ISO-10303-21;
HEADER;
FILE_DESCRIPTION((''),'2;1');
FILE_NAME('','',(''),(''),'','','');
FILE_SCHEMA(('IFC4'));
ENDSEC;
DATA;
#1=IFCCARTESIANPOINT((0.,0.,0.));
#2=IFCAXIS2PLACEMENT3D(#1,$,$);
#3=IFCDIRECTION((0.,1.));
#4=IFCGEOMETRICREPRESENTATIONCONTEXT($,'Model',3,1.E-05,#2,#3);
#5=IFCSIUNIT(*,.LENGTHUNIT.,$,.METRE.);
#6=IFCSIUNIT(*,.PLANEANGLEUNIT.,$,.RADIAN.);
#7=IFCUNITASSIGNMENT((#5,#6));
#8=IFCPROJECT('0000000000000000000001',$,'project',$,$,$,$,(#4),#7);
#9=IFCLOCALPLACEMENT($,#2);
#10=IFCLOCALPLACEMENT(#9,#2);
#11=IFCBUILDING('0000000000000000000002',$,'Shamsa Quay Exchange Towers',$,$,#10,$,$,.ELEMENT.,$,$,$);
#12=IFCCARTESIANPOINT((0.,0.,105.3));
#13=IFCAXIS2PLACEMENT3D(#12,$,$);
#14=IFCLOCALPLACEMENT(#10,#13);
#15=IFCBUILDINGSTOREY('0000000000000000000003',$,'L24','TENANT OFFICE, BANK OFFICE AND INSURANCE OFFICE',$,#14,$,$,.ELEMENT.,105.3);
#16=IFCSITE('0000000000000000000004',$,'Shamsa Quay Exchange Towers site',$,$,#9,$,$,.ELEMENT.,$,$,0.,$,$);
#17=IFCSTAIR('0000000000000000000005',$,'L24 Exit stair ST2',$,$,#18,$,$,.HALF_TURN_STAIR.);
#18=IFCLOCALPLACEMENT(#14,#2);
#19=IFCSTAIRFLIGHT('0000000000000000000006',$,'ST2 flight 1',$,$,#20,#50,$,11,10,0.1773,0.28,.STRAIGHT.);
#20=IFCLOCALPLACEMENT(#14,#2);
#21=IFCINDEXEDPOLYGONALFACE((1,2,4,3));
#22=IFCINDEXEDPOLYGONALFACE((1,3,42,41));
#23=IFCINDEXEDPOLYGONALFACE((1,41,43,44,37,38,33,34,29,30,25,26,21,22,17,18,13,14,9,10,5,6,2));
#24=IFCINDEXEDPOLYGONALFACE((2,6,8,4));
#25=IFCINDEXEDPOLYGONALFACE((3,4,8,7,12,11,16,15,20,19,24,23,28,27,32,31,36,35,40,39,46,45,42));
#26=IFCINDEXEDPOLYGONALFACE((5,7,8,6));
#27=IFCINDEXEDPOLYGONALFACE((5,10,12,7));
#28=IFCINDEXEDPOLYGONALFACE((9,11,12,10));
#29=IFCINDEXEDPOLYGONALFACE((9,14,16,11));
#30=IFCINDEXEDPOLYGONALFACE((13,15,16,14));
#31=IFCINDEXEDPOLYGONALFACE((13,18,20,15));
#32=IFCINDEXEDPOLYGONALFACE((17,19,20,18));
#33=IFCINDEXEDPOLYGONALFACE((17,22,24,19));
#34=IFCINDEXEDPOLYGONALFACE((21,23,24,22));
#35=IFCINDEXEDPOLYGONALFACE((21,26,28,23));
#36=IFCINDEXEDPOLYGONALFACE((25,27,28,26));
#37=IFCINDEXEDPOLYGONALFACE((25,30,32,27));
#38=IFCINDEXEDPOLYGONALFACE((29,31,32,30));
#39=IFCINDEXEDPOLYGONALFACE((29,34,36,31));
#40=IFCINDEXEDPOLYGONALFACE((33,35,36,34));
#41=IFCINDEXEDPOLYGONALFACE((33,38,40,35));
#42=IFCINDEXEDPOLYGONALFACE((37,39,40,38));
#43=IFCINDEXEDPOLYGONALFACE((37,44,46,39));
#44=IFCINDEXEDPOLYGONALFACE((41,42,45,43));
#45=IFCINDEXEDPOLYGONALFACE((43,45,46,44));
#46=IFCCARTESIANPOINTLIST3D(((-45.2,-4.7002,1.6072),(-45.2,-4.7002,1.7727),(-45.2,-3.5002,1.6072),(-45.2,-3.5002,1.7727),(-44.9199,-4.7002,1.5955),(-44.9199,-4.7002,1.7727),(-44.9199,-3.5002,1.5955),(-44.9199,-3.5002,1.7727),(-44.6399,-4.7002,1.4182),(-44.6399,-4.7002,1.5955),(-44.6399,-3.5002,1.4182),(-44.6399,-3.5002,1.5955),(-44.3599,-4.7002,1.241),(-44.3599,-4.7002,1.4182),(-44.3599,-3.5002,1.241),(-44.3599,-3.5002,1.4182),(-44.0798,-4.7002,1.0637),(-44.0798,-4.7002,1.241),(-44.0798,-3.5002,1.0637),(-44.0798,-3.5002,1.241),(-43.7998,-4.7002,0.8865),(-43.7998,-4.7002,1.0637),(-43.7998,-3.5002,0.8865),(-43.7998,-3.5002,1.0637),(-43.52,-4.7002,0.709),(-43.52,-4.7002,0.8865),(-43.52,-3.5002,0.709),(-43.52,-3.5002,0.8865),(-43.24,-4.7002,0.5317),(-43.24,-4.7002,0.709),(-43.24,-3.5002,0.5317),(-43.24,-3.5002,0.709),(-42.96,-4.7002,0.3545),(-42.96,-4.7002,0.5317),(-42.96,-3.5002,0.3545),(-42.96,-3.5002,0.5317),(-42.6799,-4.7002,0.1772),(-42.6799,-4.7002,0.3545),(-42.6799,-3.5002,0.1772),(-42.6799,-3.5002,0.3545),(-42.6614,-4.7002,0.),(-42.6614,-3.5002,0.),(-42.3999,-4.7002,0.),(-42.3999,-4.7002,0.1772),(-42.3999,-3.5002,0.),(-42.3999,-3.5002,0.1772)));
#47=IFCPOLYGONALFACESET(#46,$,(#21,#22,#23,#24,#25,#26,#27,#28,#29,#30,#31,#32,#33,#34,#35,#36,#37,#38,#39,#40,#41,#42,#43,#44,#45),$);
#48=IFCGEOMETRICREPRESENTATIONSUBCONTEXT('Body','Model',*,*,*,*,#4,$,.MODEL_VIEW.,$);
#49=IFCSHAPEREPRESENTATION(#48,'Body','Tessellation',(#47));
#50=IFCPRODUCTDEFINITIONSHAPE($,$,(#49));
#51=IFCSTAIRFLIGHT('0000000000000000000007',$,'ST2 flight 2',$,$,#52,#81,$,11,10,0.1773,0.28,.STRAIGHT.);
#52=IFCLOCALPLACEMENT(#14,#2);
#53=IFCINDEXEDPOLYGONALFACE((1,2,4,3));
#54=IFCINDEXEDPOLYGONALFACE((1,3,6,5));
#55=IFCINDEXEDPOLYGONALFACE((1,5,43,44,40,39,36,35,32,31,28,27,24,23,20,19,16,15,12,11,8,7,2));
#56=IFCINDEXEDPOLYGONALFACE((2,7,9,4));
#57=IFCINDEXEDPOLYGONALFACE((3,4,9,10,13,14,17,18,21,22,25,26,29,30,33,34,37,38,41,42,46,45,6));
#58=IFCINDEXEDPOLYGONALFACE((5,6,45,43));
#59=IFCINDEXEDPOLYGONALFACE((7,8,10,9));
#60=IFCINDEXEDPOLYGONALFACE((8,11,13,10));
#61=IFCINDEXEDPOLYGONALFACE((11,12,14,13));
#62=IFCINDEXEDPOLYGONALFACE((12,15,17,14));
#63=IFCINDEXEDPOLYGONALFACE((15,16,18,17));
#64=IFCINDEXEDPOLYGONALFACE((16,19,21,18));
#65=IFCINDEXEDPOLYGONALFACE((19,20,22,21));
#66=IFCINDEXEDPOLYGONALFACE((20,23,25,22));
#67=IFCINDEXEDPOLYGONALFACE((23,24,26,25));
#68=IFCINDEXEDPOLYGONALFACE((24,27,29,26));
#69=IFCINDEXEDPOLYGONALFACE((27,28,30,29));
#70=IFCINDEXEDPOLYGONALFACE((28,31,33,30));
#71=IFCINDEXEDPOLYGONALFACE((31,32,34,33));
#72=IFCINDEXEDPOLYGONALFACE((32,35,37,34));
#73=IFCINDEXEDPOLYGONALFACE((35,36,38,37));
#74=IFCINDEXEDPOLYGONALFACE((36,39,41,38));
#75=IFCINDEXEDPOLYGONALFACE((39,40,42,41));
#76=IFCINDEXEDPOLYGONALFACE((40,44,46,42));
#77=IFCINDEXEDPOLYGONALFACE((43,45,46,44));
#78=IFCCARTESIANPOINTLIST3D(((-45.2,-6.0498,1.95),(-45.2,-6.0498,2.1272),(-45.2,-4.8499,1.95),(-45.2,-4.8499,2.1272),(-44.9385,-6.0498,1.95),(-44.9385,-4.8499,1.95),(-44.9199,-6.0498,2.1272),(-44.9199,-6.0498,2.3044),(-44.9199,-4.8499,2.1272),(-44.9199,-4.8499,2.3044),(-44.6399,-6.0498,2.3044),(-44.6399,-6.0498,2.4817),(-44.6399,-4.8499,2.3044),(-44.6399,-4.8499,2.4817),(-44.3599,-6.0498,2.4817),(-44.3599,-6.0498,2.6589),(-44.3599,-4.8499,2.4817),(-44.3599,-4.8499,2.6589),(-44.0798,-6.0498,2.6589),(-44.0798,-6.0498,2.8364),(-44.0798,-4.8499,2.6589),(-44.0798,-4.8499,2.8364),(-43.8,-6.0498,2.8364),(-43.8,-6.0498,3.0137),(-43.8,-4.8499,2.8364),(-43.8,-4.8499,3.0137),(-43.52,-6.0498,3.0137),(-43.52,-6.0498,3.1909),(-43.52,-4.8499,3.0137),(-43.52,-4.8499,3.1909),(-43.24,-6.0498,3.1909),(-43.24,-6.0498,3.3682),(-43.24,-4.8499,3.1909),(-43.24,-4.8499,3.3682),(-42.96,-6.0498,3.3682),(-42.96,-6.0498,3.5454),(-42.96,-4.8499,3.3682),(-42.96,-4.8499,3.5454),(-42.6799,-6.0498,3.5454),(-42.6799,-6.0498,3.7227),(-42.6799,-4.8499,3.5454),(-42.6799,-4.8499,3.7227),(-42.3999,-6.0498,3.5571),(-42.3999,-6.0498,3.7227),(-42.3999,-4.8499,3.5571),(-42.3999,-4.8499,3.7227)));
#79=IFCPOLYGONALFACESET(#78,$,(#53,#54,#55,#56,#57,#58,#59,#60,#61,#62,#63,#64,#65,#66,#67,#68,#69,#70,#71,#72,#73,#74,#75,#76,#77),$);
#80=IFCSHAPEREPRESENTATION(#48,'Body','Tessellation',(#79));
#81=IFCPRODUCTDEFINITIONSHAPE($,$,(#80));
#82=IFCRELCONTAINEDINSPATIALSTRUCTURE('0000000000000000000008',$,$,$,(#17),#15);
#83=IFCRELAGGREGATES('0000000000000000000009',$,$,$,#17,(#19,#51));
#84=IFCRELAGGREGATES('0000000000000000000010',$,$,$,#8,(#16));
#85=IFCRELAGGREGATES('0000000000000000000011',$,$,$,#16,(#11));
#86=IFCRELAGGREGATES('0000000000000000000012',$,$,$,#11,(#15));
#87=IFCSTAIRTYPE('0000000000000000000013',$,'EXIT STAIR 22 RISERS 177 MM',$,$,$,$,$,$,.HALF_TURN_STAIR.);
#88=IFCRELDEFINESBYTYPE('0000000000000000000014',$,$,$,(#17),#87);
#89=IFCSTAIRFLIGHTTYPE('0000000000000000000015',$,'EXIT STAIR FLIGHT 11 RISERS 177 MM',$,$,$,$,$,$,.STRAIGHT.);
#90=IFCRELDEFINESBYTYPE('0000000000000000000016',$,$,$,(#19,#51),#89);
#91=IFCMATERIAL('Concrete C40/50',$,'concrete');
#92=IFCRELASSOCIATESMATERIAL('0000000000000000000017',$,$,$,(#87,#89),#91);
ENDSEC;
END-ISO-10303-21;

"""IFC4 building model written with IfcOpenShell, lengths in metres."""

from ifc_helpers import new_model, si_unit, direction, frame, origin, place, context, subcontext, project, spatial, polyline, outline, extrude, material, type_object, element, aggregate, save


model = new_model("IFC4")

# Units and contexts
model_context = context("Model", 3, precision=1e-05, world=origin(), true_north=direction((0.0, 1.0)))
body_context = subcontext(model_context, "Body", "Model", "MODEL_VIEW")
ifc_project = project(units=[si_unit("LENGTHUNIT", "METRE"), si_unit("PLANEANGLEUNIT", "RADIAN")], contexts=[model_context])

# Site, building, storey
site_placement = place(None, origin())
site = spatial("IfcSite", under=ifc_project, at=site_placement, Name="Shamsa Quay Exchange Towers site", CompositionType="ELEMENT", RefElevation=0.0)
building_placement = place(site_placement, origin())
building = spatial("IfcBuilding", under=site, at=building_placement, Name="Shamsa Quay Exchange Towers", CompositionType="ELEMENT")
storey_placement = place(building_placement, frame((0.0, 0.0, 105.3)))
storey = spatial("IfcBuildingStorey", under=building, at=storey_placement, Name="L24", Description="TENANT OFFICE, BANK OFFICE AND INSURANCE OFFICE", CompositionType="ELEMENT", Elevation=105.3)

# Stair, stair flights
ifc_material_1 = material(Name="Concrete C40/50", Category="concrete")
stair_type = type_object("IfcStairType", Name="EXIT STAIR 22 RISERS 177 MM", PredefinedType="HALF_TURN_STAIR", material=ifc_material_1)
stair_placement = place(storey_placement, origin())
stair = element("IfcStair", 1, at=stair_placement, inside=storey, type_object=stair_type, Name="L24 Exit stair ST2", PredefinedType="HALF_TURN_STAIR")
stair_flight_type = type_object("IfcStairFlightType", Name="EXIT STAIR FLIGHT 11 RISERS 177 MM", PredefinedType="STRAIGHT", material=ifc_material_1)
stair_flight_1_placement = place(storey_placement, frame((-42.3999, -4.1001, 0.0), z_axis=(0.0, 0.0, 1.0), x_axis=(-1.0, 0.0, 0.0)))
stair_flight_1 = element("IfcStairFlight", 2, at=stair_flight_1_placement, type_object=stair_flight_type, Name="ST2 flight 1", NumberOfRisers=11, NumberOfTreads=10, PredefinedType="STRAIGHT", RiserHeight=0.1773, TreadLength=0.28, context=body_context, shape_type="SweptSolid", body=[
    extrude(outline(polyline([(0.0, 0.0), (0.0, 0.1772), (0.28, 0.1772), (0.28, 0.3545), (0.5601, 0.3545), (0.5601, 0.5317), (0.8401, 0.5317), (0.8401, 0.709), (1.1201, 0.709), (1.1201, 0.8865), (1.3999, 0.8865), (1.3999, 1.0637), (1.6799, 1.0637), (1.6799, 1.241), (1.96, 1.241), (1.96, 1.4182), (2.24, 1.4182), (2.24, 1.5955), (2.52, 1.5955), (2.52, 1.7727), (2.8, 1.7727), (2.8, 1.95), (2.8, 1.6072), (0.2615, 0.0), (0.0, 0.0)])), frame((0.0, 0.6001, 0.0), z_axis=(0.0, -1.0, 0.0), x_axis=(1.0, 0.0, 0.0)), (0.0, 0.0, 1.0), 1.2),
])
stair_flight_2_placement = place(storey_placement, frame((-45.2, -5.45, 1.95)))
stair_flight_2 = element("IfcStairFlight", 3, at=stair_flight_2_placement, type_object=stair_flight_type, Name="ST2 flight 2", NumberOfRisers=11, NumberOfTreads=10, PredefinedType="STRAIGHT", RiserHeight=0.1773, TreadLength=0.28, context=body_context, shape_type="SweptSolid", body=[
    extrude(outline(polyline([(0.0, 0.0), (0.0, 0.1772), (0.28, 0.1772), (0.28, 0.3545), (0.5601, 0.3545), (0.5601, 0.5317), (0.8401, 0.5317), (0.8401, 0.709), (1.1201, 0.709), (1.1201, 0.8865), (1.3999, 0.8865), (1.3999, 1.0637), (1.6799, 1.0637), (1.6799, 1.241), (1.96, 1.241), (1.96, 1.4182), (2.24, 1.4182), (2.24, 1.5955), (2.52, 1.5955), (2.52, 1.7727), (2.8, 1.7727), (2.8, 1.95), (2.8, 1.6072), (0.2615, 0.0), (0.0, 0.0)])), frame((0.0, 0.6001, 0.0), z_axis=(0.0, -1.0, 0.0), x_axis=(1.0, 0.0, 0.0)), (0.0, 0.0, 1.0), 1.2),
])
aggregate(stair, [stair_flight_1, stair_flight_2])

save(model, "model.ifc")
